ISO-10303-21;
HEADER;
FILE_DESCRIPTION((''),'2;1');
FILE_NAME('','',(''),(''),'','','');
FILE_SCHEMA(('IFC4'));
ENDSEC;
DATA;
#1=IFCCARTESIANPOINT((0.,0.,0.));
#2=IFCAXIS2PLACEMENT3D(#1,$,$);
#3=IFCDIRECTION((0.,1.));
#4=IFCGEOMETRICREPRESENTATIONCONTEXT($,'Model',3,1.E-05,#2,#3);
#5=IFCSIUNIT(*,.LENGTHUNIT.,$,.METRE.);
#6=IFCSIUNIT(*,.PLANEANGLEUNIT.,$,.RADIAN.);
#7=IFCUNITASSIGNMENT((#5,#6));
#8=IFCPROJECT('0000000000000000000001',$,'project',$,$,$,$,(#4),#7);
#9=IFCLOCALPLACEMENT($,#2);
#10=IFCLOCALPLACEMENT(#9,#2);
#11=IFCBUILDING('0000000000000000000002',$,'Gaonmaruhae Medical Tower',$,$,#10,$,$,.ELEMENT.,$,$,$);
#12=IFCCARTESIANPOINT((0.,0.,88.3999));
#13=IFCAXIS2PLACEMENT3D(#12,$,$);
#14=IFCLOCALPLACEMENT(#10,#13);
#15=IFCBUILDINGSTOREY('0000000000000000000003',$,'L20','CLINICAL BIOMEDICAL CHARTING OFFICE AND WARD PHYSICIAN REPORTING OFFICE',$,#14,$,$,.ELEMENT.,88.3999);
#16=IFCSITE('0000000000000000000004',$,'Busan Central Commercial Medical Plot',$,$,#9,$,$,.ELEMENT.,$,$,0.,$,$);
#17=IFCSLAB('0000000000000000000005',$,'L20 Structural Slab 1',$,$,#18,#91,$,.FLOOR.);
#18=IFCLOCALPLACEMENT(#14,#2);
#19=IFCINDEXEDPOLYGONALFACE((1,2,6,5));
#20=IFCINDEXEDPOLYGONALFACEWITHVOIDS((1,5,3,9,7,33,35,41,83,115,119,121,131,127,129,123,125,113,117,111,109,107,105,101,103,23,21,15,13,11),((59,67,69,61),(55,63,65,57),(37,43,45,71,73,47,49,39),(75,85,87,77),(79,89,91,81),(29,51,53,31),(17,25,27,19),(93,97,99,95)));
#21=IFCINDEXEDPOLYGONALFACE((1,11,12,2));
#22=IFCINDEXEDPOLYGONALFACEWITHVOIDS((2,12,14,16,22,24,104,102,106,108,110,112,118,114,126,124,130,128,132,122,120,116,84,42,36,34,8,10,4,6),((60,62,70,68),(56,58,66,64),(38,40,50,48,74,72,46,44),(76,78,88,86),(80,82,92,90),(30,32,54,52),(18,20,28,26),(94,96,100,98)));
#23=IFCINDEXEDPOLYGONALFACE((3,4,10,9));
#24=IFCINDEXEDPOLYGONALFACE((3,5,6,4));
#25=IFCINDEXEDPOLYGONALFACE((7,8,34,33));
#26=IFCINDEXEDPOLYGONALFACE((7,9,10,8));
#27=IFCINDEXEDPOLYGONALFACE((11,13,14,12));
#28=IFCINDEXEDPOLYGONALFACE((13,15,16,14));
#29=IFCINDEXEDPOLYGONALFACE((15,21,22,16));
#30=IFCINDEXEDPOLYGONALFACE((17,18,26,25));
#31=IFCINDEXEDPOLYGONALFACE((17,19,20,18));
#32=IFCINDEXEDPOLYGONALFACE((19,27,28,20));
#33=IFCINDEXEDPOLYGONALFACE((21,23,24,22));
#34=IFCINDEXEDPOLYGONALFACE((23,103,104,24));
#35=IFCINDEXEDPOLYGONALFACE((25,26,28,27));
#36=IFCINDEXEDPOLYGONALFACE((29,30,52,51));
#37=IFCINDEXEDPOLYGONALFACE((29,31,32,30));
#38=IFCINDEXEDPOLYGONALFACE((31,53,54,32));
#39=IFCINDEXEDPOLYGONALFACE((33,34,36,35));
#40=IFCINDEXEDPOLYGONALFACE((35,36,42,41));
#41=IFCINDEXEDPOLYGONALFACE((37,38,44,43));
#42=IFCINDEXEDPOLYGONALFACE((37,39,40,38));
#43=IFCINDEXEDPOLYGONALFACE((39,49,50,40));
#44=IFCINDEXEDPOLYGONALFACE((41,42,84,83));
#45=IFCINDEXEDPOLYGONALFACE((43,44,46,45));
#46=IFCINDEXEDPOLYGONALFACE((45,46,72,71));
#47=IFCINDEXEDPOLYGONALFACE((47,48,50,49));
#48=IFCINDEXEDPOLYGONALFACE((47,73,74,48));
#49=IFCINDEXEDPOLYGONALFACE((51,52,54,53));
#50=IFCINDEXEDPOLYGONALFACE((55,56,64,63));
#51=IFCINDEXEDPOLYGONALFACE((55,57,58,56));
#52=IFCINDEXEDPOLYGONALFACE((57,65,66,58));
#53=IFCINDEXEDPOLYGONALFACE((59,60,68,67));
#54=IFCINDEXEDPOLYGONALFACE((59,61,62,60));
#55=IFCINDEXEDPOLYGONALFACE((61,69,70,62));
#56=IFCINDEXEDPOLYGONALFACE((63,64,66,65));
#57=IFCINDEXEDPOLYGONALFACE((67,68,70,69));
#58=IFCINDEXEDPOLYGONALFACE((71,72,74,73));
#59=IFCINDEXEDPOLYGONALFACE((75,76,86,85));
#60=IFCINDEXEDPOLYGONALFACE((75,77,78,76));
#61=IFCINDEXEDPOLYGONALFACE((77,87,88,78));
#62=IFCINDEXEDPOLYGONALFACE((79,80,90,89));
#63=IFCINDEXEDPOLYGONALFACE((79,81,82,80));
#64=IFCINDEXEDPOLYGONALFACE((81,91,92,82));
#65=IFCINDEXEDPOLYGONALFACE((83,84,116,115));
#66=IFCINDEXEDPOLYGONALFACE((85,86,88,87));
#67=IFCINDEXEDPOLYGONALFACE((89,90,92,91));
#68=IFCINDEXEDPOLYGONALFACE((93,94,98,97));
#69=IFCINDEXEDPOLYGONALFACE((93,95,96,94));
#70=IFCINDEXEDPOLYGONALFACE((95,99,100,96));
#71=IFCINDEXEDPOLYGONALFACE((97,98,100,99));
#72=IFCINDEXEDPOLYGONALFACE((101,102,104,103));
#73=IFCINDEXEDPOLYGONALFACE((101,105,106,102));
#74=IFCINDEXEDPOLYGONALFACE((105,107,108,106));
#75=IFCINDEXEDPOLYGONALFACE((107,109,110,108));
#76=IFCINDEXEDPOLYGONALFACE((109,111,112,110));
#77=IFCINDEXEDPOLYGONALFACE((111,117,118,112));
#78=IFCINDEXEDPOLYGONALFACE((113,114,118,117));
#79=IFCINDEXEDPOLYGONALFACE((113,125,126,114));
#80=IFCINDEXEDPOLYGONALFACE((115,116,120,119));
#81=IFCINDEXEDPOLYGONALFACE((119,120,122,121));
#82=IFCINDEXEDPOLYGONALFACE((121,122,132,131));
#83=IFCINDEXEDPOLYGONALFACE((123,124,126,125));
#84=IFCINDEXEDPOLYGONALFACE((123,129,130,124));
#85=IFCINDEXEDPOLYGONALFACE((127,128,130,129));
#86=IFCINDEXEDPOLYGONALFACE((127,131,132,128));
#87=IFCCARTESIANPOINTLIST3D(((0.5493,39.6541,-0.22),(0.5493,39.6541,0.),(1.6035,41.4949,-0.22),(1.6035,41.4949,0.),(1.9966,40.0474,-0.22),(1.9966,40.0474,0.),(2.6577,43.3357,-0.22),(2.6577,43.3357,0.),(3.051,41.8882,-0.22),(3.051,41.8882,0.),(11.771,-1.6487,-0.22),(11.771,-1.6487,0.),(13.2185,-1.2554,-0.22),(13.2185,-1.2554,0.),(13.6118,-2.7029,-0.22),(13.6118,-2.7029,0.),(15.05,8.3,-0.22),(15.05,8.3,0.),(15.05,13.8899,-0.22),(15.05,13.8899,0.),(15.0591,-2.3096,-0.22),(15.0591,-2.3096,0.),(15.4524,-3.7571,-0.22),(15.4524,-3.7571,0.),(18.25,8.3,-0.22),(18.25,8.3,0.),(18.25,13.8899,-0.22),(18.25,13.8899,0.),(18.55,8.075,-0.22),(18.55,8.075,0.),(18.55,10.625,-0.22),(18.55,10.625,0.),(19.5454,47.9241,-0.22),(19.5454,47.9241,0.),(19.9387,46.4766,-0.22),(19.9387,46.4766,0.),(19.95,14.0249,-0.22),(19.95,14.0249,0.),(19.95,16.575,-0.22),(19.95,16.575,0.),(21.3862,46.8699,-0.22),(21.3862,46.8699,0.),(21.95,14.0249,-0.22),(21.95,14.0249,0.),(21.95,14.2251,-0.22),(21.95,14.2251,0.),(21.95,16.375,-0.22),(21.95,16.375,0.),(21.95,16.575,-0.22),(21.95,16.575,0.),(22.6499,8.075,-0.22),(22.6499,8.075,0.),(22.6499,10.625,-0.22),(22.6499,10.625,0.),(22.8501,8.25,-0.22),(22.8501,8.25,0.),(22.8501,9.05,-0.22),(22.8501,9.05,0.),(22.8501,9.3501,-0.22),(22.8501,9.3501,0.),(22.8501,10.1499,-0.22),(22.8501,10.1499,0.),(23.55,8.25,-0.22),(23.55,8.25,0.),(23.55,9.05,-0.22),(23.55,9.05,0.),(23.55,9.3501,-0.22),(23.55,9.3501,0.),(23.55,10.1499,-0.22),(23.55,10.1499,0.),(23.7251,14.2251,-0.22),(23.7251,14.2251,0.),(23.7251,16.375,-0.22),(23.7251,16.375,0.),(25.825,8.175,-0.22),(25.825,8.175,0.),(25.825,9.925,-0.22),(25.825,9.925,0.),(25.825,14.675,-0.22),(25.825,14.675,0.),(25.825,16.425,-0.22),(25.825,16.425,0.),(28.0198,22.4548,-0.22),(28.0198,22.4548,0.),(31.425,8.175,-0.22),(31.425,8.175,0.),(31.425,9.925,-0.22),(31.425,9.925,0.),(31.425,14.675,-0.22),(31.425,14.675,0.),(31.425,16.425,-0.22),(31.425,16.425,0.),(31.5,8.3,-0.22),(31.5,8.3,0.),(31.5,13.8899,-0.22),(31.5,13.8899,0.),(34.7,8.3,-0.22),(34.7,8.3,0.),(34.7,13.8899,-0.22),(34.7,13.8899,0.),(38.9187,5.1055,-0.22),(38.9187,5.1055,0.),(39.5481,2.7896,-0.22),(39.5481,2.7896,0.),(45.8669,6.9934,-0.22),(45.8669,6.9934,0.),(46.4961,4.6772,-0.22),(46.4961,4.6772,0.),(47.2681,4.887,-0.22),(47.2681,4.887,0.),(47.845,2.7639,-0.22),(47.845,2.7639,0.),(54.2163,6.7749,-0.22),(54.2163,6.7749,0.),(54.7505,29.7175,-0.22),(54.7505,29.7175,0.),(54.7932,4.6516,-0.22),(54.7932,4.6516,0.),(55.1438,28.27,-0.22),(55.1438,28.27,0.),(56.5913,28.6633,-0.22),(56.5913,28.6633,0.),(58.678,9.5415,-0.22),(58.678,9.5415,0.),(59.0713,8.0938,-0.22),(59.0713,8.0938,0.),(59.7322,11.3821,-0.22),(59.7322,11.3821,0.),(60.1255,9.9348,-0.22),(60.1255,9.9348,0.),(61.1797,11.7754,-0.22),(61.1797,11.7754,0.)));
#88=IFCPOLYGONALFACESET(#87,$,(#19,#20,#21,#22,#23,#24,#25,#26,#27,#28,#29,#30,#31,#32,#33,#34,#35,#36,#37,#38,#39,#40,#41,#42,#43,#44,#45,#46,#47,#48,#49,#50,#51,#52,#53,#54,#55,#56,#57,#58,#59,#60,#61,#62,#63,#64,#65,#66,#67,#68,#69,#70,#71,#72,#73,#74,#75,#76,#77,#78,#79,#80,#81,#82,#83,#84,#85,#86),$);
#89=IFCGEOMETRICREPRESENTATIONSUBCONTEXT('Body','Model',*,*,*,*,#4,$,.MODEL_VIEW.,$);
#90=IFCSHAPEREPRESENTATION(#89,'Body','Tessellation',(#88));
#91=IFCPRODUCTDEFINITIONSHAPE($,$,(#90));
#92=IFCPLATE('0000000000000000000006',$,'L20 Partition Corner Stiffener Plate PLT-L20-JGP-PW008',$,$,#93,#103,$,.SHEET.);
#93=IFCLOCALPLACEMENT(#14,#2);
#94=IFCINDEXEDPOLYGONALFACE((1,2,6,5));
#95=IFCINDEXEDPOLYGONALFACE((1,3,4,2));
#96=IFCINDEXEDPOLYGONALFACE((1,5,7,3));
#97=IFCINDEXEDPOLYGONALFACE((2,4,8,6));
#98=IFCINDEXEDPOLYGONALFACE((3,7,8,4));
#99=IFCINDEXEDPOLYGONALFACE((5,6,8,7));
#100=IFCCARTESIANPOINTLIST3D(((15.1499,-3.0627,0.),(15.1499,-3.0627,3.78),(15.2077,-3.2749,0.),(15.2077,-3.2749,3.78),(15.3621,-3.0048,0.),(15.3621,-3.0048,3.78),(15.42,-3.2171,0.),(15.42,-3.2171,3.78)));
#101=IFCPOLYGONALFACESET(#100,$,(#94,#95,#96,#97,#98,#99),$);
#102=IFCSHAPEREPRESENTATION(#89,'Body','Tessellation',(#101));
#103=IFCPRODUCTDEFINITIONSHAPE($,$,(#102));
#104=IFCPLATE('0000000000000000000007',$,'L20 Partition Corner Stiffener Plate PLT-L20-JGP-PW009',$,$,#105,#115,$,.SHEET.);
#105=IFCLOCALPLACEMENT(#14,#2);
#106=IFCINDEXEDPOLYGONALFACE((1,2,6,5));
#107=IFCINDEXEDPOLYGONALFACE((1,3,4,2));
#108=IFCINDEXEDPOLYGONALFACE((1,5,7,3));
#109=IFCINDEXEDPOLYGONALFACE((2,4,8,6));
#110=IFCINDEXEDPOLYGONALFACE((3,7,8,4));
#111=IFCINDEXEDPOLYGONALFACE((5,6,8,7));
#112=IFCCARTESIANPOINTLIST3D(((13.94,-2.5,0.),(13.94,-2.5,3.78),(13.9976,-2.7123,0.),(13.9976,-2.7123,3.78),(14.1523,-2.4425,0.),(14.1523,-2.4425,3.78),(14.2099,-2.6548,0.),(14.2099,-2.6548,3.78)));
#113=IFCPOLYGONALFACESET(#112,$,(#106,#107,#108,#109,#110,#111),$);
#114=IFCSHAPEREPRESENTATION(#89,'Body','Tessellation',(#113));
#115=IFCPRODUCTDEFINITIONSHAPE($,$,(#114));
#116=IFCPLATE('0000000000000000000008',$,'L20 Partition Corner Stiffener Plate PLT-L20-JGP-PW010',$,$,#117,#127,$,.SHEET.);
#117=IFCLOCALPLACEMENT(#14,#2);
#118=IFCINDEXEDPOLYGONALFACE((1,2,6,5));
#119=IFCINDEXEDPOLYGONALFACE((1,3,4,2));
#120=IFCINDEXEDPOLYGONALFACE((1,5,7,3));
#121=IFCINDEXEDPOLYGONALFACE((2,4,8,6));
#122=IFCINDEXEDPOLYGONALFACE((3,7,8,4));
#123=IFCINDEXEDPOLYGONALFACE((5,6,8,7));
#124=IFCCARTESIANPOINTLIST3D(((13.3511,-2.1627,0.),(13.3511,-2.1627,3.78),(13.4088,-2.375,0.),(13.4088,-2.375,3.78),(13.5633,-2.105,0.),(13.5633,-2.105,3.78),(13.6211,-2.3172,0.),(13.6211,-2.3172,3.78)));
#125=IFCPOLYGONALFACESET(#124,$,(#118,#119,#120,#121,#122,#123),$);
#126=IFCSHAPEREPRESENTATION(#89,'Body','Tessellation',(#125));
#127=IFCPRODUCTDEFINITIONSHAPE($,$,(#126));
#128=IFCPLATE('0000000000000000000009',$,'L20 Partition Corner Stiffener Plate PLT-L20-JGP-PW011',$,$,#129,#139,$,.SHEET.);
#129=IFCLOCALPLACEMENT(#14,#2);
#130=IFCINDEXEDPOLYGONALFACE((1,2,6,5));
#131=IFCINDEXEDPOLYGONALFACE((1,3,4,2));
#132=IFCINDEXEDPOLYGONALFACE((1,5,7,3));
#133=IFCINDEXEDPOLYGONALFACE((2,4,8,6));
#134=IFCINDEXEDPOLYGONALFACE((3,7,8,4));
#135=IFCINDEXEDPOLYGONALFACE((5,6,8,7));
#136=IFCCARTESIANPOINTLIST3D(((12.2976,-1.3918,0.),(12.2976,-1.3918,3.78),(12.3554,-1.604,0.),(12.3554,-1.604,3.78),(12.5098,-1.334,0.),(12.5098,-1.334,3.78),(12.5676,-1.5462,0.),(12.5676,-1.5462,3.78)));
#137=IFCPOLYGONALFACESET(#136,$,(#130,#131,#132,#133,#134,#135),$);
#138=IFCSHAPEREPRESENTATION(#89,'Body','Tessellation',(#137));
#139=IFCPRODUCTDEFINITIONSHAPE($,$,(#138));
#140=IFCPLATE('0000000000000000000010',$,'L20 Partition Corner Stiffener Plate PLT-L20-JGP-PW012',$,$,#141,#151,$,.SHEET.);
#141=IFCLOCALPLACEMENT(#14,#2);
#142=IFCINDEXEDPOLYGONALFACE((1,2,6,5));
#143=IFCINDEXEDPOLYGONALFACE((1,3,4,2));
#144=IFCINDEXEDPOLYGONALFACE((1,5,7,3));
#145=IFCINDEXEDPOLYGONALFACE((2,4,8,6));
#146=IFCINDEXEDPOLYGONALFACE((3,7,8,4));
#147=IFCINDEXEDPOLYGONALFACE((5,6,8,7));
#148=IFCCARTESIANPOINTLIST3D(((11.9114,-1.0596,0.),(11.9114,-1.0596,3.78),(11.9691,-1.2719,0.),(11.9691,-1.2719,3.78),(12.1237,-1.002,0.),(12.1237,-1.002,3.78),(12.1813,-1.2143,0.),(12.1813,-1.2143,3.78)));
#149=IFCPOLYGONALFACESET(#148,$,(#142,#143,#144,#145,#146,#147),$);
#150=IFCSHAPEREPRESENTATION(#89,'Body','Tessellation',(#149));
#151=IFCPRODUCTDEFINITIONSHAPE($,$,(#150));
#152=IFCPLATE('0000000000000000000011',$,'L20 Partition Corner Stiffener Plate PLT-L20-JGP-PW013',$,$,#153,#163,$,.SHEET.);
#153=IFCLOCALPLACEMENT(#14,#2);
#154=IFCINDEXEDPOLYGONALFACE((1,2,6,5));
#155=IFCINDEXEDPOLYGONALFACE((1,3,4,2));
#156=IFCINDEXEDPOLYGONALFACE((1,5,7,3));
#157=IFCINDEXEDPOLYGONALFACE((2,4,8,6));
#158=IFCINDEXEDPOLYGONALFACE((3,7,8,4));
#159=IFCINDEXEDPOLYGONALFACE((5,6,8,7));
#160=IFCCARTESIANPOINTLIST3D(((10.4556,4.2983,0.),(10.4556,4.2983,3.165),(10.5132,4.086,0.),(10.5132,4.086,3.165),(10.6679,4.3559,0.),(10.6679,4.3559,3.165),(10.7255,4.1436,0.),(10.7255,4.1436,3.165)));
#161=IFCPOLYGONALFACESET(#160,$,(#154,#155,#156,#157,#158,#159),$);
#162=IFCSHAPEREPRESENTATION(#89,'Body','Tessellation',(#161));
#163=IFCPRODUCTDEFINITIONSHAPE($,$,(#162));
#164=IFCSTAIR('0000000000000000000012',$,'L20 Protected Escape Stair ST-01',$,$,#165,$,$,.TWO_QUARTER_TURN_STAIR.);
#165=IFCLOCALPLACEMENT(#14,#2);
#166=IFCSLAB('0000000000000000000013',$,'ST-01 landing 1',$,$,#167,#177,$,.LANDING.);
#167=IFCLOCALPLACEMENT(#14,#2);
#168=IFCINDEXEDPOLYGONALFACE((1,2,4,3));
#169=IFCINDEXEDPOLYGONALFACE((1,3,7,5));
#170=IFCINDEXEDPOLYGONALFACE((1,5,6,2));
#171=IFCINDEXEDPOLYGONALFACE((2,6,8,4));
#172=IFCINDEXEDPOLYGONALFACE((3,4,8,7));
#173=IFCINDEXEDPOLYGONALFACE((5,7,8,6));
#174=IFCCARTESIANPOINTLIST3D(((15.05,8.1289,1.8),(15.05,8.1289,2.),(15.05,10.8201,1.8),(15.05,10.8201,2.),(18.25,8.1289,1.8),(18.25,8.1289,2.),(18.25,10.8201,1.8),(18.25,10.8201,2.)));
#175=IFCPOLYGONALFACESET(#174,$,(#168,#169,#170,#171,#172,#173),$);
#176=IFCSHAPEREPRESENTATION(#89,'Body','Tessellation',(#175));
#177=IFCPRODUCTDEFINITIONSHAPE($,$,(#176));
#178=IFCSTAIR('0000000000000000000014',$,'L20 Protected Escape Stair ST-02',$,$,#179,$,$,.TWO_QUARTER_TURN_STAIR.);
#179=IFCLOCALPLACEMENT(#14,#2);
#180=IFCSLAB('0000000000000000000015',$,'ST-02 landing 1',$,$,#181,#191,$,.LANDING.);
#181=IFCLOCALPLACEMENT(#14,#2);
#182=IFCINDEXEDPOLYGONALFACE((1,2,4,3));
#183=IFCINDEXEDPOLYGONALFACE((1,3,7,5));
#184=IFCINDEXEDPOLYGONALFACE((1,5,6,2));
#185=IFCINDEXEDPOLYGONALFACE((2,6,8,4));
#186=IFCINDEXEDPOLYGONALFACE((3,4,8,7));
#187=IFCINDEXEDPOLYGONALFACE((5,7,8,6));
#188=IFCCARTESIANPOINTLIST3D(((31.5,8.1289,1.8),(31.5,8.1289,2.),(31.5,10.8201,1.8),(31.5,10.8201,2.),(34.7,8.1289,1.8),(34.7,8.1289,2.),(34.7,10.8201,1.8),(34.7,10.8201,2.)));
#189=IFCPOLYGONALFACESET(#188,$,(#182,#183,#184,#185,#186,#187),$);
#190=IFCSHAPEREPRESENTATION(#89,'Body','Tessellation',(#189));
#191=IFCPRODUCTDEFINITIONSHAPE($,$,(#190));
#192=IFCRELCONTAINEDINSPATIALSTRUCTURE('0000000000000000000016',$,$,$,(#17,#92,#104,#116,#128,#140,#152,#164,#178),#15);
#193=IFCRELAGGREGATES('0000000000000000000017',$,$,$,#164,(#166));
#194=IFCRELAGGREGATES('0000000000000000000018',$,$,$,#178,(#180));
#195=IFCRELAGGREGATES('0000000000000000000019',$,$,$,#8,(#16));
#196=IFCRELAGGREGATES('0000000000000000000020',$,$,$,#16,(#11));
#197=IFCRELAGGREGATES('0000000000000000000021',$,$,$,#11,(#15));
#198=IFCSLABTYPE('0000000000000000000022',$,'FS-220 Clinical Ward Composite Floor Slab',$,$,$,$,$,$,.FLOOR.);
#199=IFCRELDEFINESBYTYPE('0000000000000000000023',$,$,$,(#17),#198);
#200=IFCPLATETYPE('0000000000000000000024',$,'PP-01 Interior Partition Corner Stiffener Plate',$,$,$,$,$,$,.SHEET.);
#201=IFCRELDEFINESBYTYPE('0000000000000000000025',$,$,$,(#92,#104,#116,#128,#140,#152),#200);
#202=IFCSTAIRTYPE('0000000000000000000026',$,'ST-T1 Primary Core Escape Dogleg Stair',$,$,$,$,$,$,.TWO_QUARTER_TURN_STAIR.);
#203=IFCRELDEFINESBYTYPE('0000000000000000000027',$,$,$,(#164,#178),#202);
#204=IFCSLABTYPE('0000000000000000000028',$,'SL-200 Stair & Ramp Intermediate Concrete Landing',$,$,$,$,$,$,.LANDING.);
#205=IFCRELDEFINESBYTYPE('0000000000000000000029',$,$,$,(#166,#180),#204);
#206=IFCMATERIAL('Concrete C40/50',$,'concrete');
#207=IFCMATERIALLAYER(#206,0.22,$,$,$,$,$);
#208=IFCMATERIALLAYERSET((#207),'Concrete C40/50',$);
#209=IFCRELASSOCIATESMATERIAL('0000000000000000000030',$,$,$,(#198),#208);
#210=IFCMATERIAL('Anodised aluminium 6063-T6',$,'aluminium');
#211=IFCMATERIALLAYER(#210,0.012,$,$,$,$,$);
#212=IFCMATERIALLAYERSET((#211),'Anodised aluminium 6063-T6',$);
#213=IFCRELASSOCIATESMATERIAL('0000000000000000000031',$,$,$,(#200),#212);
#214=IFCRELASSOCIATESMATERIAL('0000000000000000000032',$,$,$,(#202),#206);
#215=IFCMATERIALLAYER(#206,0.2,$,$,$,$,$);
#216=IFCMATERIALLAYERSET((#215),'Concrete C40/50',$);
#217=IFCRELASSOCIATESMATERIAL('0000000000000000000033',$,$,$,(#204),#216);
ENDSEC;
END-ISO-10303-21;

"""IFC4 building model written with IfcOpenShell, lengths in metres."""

from ifc_helpers import new_model, si_unit, direction, frame, origin, origin_2d, place, context, subcontext, project, spatial, polyline, rectangle, outline, extrude, material, layer, layer_set, type_object, element, aggregate, save


model = new_model("IFC4")

# Units and contexts
model_context = context("Model", 3, precision=1e-05, world=origin(), true_north=direction((0.0, 1.0)))
body_context = subcontext(model_context, "Body", "Model", "MODEL_VIEW")
ifc_project = project(units=[si_unit("LENGTHUNIT", "METRE"), si_unit("PLANEANGLEUNIT", "RADIAN")], contexts=[model_context])

# Site, building, storey
site_placement = place(None, origin())
site = spatial("IfcSite", under=ifc_project, at=site_placement, Name="Busan Central Commercial Medical Plot", CompositionType="ELEMENT", RefElevation=0.0)
building_placement = place(site_placement, origin())
building = spatial("IfcBuilding", under=site, at=building_placement, Name="Gaonmaruhae Medical Tower", CompositionType="ELEMENT")
storey_placement = place(building_placement, frame((0.0, 0.0, 88.3999)))
storey = spatial("IfcBuildingStorey", under=building, at=storey_placement, Name="L20", Description="CLINICAL BIOMEDICAL CHARTING OFFICE AND WARD PHYSICIAN REPORTING OFFICE", CompositionType="ELEMENT", Elevation=88.3999)

# Slab
ifc_material_1 = material(Name="Concrete C40/50", Category="concrete")
ifc_layer_1 = layer(ifc_material_1, 0.22)
ifc_layer_set_1 = layer_set([ifc_layer_1], Name="Concrete C40/50")
slab_type_1 = type_object("IfcSlabType", Name="FS-220 Clinical Ward Composite Floor Slab", PredefinedType="FLOOR", material=ifc_layer_set_1)
slab_1_placement = place(storey_placement, frame((0.0, 0.0, -0.22)))
element("IfcSlab", 1, at=slab_1_placement, inside=storey, type_object=slab_type_1, Name="L20 Structural Slab 1", PredefinedType="FLOOR", context=body_context, shape_type="SweptSolid", body=[
    extrude(outline(polyline([(15.0591, -2.3096), (13.6118, -2.7029), (13.2185, -1.2554), (11.771, -1.6487), (0.5493, 39.6541), (1.9966, 40.0474), (1.6035, 41.4949), (3.051, 41.8882), (2.6577, 43.3357), (19.5454, 47.9241), (19.9387, 46.4766), (21.3862, 46.8699), (28.0198, 22.4548), (54.7505, 29.7175), (55.1438, 28.27), (56.5913, 28.6633), (61.1797, 11.7754), (59.7322, 11.3821), (60.1255, 9.9348), (58.678, 9.5415), (59.0713, 8.0938), (54.2163, 6.7749), (54.7932, 4.6516), (47.845, 2.7639), (47.2681, 4.887), (46.4961, 4.6772), (45.8669, 6.9934), (38.9187, 5.1055), (39.5481, 2.7896), (15.4524, -3.7571), (15.0591, -2.3096)]), holes=[polyline([(23.55, 8.25), (22.8501, 8.25), (22.8501, 9.05), (23.55, 9.05), (23.55, 8.25)]), polyline([(25.825, 9.925), (31.425, 9.925), (31.425, 8.175), (25.825, 8.175), (25.825, 9.925)]), polyline([(22.6499, 10.625), (22.6499, 8.075), (18.55, 8.075), (18.55, 10.625), (22.6499, 10.625)]), polyline([(23.55, 9.3501), (22.8501, 9.3501), (22.8501, 10.1499), (23.55, 10.1499), (23.55, 9.3501)]), polyline([(15.05, 13.8899), (18.25, 13.8899), (18.25, 8.3), (15.05, 8.3), (15.05, 13.8899)]), polyline([(31.5, 13.8899), (34.7, 13.8899), (34.7, 8.3), (31.5, 8.3), (31.5, 13.8899)]), polyline([(21.95, 14.2251), (21.95, 14.0249), (19.95, 14.0249), (19.95, 16.575), (21.95, 16.575), (21.95, 16.375), (23.7251, 16.375), (23.7251, 14.2251), (21.95, 14.2251)]), polyline([(25.825, 16.425), (31.425, 16.425), (31.425, 14.675), (25.825, 14.675), (25.825, 16.425)])]), origin(), (0.0, 0.0, 1.0), 0.22),
])

# Plates
ifc_material_2 = material(Name="Anodised aluminium 6063-T6", Category="aluminium")
ifc_layer_2 = layer(ifc_material_2, 0.012)
ifc_layer_set_2 = layer_set([ifc_layer_2], Name="Anodised aluminium 6063-T6")
plate_type = type_object("IfcPlateType", Name="PP-01 Interior Partition Corner Stiffener Plate", PredefinedType="SHEET", material=ifc_layer_set_2)
for number, where, z_axis, x_axis, name in (
    (2, (15.2849, -3.1399, 0.0), (0.0, 0.0, 1.0), (-0.263115, 0.964764, 0.0), "L20 Partition Corner Stiffener Plate PLT-L20-JGP-PW008"),
    (3, (14.075, -2.5774, 0.0), (0.0, 0.0, 1.0), (-0.965172, -0.261616, 0.0), "L20 Partition Corner Stiffener Plate PLT-L20-JGP-PW009"),
    (4, (13.4861, -2.24, 0.0), (0.0, 0.0, 1.0), (-0.262593, 0.964907, 0.0), "L20 Partition Corner Stiffener Plate PLT-L20-JGP-PW010"),
    (5, (12.4326, -1.469, 0.0), (0.0, 0.0, 1.0), (-0.964884, -0.262678, 0.0), "L20 Partition Corner Stiffener Plate PLT-L20-JGP-PW011"),
    (6, (12.0464, -1.137, 0.0), (0.0, 0.0, 1.0), (-0.262021, 0.965062, 0.0), "L20 Partition Corner Stiffener Plate PLT-L20-JGP-PW012"),
):
    element("IfcPlate", number, at=place(storey_placement, frame(where, z_axis=z_axis, x_axis=x_axis)), inside=storey, type_object=plate_type, Name=name, PredefinedType="SHEET", context=body_context, shape_type="SweptSolid", body=[
        extrude(rectangle(XDim=0.22, YDim=0.22, at=origin_2d()), origin(), (0.0, 0.0, 1.0), 3.78),
    ])
plate_placement = place(storey_placement, frame((10.5906, 4.2209, 0.0), z_axis=(0.0, 0.0, 1.0), x_axis=(-0.26197, 0.965076, 0.0)))
element("IfcPlate", 7, at=plate_placement, inside=storey, type_object=plate_type, Name="L20 Partition Corner Stiffener Plate PLT-L20-JGP-PW013", PredefinedType="SHEET", context=body_context, shape_type="SweptSolid", body=[
    extrude(rectangle(XDim=0.22, YDim=0.22, at=origin_2d()), origin(), (0.0, 0.0, 1.0), 3.165),
])

# Stairs, slabs
stair_type = type_object("IfcStairType", Name="ST-T1 Primary Core Escape Dogleg Stair", PredefinedType="TWO_QUARTER_TURN_STAIR", material=ifc_material_1)
stair_1_placement = place(storey_placement, origin())
stair_1 = element("IfcStair", 8, at=stair_1_placement, inside=storey, type_object=stair_type, Name="L20 Protected Escape Stair ST-01", PredefinedType="TWO_QUARTER_TURN_STAIR")
ifc_layer_3 = layer(ifc_material_1, 0.2)
ifc_layer_set_3 = layer_set([ifc_layer_3], Name="Concrete C40/50")
slab_type_2 = type_object("IfcSlabType", Name="SL-200 Stair & Ramp Intermediate Concrete Landing", PredefinedType="LANDING", material=ifc_layer_set_3)
slab_2_placement = place(storey_placement, frame((0.0, 0.0, 1.8)))
slab_2 = element("IfcSlab", 9, at=slab_2_placement, type_object=slab_type_2, Name="ST-01 landing 1", PredefinedType="LANDING", context=body_context, shape_type="SweptSolid", body=[
    extrude(outline(polyline([(15.05, 10.8201), (15.05, 8.1289), (18.25, 8.1289), (18.25, 10.8201), (15.05, 10.8201)])), origin(), (0.0, 0.0, 1.0), 0.2),
])
aggregate(stair_1, [slab_2])
stair_2_placement = place(storey_placement, origin())
stair_2 = element("IfcStair", 10, at=stair_2_placement, inside=storey, type_object=stair_type, Name="L20 Protected Escape Stair ST-02", PredefinedType="TWO_QUARTER_TURN_STAIR")
slab_3_placement = place(storey_placement, frame((0.0, 0.0, 1.8)))
slab_3 = element("IfcSlab", 11, at=slab_3_placement, type_object=slab_type_2, Name="ST-02 landing 1", PredefinedType="LANDING", context=body_context, shape_type="SweptSolid", body=[
    extrude(outline(polyline([(31.5, 10.8201), (31.5, 8.1289), (34.7, 8.1289), (34.7, 10.8201), (31.5, 10.8201)])), origin(), (0.0, 0.0, 1.0), 0.2),
])
aggregate(stair_2, [slab_3])

save(model, "model.ifc")
